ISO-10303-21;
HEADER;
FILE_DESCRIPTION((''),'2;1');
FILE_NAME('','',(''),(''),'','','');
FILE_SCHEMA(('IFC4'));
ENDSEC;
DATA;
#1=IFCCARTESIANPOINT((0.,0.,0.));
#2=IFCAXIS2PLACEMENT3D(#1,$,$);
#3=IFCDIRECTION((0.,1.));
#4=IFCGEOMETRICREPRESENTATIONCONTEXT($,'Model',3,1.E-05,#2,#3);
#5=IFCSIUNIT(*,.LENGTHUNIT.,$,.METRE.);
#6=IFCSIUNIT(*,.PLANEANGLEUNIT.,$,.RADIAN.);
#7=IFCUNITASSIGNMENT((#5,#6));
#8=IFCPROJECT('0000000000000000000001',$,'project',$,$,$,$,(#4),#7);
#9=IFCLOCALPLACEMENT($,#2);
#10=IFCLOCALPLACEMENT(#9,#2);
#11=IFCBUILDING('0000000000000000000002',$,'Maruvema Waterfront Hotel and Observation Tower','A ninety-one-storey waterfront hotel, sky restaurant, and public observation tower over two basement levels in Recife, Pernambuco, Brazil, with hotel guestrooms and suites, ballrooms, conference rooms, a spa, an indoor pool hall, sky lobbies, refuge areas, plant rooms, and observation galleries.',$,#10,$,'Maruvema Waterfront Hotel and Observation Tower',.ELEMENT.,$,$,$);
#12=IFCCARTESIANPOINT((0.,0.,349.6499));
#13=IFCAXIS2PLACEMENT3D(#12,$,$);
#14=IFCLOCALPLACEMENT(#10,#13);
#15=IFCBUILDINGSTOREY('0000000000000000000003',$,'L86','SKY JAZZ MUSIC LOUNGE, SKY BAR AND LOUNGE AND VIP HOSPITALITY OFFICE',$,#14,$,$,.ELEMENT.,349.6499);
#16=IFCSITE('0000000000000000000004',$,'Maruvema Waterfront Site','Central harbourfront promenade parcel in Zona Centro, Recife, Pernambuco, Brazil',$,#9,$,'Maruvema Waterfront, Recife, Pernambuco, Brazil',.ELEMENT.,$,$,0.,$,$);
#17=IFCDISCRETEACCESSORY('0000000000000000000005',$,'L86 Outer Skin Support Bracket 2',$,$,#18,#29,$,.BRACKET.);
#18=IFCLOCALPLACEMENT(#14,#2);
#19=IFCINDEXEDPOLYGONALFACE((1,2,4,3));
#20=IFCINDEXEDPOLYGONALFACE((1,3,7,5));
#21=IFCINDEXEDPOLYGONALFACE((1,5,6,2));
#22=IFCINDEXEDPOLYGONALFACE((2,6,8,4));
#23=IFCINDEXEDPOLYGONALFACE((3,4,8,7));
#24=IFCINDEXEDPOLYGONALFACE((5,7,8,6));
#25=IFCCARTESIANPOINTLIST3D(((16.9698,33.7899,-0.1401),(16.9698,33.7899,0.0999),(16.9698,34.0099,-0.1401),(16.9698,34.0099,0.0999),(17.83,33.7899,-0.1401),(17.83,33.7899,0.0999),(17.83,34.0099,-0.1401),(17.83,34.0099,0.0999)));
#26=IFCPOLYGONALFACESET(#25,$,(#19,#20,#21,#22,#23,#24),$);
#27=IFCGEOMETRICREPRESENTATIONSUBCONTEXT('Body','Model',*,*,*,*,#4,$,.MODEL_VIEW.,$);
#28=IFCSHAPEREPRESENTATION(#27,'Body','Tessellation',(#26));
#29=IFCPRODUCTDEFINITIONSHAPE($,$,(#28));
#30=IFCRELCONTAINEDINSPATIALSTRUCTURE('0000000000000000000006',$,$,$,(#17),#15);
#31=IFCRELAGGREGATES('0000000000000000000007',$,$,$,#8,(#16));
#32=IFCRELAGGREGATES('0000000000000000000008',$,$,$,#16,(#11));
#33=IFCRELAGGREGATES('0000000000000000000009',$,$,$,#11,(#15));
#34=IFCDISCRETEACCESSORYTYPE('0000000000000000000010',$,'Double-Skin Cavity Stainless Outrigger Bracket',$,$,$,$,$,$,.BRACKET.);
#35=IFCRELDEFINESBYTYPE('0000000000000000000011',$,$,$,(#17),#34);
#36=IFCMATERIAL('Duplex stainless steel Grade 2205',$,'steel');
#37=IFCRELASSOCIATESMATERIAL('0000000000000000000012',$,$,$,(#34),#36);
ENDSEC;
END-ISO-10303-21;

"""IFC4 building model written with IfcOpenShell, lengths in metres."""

from ifc_helpers import new_model, si_unit, direction, frame, origin, origin_2d, place, context, subcontext, project, spatial, rectangle, extrude, material, type_object, element, save


model = new_model("IFC4")

# Units and contexts
model_context = context("Model", 3, precision=1e-05, world=origin(), true_north=direction((0.0, 1.0)))
body_context = subcontext(model_context, "Body", "Model", "MODEL_VIEW")
ifc_project = project(units=[si_unit("LENGTHUNIT", "METRE"), si_unit("PLANEANGLEUNIT", "RADIAN")], contexts=[model_context])

# Site, building, storey
site_placement = place(None, origin())
site = spatial("IfcSite", under=ifc_project, at=site_placement, Name="Maruvema Waterfront Site", Description="Central harbourfront promenade parcel in Zona Centro, Recife, Pernambuco, Brazil", LongName="Maruvema Waterfront, Recife, Pernambuco, Brazil", CompositionType="ELEMENT", RefElevation=0.0)
building_placement = place(site_placement, origin())
building = spatial("IfcBuilding", under=site, at=building_placement, Name="Maruvema Waterfront Hotel and Observation Tower", Description="A ninety-one-storey waterfront hotel, sky restaurant, and public observation tower over two basement levels in Recife, Pernambuco, Brazil, with hotel guestrooms and suites, ballrooms, conference rooms, a spa, an indoor pool hall, sky lobbies, refuge areas, plant rooms, and observation galleries.", LongName="Maruvema Waterfront Hotel and Observation Tower", CompositionType="ELEMENT")
storey_placement = place(building_placement, frame((0.0, 0.0, 349.6499)))
storey = spatial("IfcBuildingStorey", under=building, at=storey_placement, Name="L86", Description="SKY JAZZ MUSIC LOUNGE, SKY BAR AND LOUNGE AND VIP HOSPITALITY OFFICE", CompositionType="ELEMENT", Elevation=349.6499)

# Discrete accessory
ifc_material_1 = material(Name="Duplex stainless steel Grade 2205", Category="steel")
discrete_accessory_type = type_object("IfcDiscreteAccessoryType", Name="Double-Skin Cavity Stainless Outrigger Bracket", PredefinedType="BRACKET", material=ifc_material_1)
discrete_accessory_placement = place(storey_placement, frame((17.3999, 33.8999, -0.1401), z_axis=(0.0, 0.0, 1.0), x_axis=(0.0, -1.0, 0.0)))
element("IfcDiscreteAccessory", 1, at=discrete_accessory_placement, inside=storey, type_object=discrete_accessory_type, Name="L86 Outer Skin Support Bracket 2", PredefinedType="BRACKET", context=body_context, shape_type="SweptSolid", body=[
    extrude(rectangle(XDim=0.22, YDim=0.8601, at=origin_2d()), origin(), (0.0, 0.0, 1.0), 0.24),
])

save(model, "model.ifc")
